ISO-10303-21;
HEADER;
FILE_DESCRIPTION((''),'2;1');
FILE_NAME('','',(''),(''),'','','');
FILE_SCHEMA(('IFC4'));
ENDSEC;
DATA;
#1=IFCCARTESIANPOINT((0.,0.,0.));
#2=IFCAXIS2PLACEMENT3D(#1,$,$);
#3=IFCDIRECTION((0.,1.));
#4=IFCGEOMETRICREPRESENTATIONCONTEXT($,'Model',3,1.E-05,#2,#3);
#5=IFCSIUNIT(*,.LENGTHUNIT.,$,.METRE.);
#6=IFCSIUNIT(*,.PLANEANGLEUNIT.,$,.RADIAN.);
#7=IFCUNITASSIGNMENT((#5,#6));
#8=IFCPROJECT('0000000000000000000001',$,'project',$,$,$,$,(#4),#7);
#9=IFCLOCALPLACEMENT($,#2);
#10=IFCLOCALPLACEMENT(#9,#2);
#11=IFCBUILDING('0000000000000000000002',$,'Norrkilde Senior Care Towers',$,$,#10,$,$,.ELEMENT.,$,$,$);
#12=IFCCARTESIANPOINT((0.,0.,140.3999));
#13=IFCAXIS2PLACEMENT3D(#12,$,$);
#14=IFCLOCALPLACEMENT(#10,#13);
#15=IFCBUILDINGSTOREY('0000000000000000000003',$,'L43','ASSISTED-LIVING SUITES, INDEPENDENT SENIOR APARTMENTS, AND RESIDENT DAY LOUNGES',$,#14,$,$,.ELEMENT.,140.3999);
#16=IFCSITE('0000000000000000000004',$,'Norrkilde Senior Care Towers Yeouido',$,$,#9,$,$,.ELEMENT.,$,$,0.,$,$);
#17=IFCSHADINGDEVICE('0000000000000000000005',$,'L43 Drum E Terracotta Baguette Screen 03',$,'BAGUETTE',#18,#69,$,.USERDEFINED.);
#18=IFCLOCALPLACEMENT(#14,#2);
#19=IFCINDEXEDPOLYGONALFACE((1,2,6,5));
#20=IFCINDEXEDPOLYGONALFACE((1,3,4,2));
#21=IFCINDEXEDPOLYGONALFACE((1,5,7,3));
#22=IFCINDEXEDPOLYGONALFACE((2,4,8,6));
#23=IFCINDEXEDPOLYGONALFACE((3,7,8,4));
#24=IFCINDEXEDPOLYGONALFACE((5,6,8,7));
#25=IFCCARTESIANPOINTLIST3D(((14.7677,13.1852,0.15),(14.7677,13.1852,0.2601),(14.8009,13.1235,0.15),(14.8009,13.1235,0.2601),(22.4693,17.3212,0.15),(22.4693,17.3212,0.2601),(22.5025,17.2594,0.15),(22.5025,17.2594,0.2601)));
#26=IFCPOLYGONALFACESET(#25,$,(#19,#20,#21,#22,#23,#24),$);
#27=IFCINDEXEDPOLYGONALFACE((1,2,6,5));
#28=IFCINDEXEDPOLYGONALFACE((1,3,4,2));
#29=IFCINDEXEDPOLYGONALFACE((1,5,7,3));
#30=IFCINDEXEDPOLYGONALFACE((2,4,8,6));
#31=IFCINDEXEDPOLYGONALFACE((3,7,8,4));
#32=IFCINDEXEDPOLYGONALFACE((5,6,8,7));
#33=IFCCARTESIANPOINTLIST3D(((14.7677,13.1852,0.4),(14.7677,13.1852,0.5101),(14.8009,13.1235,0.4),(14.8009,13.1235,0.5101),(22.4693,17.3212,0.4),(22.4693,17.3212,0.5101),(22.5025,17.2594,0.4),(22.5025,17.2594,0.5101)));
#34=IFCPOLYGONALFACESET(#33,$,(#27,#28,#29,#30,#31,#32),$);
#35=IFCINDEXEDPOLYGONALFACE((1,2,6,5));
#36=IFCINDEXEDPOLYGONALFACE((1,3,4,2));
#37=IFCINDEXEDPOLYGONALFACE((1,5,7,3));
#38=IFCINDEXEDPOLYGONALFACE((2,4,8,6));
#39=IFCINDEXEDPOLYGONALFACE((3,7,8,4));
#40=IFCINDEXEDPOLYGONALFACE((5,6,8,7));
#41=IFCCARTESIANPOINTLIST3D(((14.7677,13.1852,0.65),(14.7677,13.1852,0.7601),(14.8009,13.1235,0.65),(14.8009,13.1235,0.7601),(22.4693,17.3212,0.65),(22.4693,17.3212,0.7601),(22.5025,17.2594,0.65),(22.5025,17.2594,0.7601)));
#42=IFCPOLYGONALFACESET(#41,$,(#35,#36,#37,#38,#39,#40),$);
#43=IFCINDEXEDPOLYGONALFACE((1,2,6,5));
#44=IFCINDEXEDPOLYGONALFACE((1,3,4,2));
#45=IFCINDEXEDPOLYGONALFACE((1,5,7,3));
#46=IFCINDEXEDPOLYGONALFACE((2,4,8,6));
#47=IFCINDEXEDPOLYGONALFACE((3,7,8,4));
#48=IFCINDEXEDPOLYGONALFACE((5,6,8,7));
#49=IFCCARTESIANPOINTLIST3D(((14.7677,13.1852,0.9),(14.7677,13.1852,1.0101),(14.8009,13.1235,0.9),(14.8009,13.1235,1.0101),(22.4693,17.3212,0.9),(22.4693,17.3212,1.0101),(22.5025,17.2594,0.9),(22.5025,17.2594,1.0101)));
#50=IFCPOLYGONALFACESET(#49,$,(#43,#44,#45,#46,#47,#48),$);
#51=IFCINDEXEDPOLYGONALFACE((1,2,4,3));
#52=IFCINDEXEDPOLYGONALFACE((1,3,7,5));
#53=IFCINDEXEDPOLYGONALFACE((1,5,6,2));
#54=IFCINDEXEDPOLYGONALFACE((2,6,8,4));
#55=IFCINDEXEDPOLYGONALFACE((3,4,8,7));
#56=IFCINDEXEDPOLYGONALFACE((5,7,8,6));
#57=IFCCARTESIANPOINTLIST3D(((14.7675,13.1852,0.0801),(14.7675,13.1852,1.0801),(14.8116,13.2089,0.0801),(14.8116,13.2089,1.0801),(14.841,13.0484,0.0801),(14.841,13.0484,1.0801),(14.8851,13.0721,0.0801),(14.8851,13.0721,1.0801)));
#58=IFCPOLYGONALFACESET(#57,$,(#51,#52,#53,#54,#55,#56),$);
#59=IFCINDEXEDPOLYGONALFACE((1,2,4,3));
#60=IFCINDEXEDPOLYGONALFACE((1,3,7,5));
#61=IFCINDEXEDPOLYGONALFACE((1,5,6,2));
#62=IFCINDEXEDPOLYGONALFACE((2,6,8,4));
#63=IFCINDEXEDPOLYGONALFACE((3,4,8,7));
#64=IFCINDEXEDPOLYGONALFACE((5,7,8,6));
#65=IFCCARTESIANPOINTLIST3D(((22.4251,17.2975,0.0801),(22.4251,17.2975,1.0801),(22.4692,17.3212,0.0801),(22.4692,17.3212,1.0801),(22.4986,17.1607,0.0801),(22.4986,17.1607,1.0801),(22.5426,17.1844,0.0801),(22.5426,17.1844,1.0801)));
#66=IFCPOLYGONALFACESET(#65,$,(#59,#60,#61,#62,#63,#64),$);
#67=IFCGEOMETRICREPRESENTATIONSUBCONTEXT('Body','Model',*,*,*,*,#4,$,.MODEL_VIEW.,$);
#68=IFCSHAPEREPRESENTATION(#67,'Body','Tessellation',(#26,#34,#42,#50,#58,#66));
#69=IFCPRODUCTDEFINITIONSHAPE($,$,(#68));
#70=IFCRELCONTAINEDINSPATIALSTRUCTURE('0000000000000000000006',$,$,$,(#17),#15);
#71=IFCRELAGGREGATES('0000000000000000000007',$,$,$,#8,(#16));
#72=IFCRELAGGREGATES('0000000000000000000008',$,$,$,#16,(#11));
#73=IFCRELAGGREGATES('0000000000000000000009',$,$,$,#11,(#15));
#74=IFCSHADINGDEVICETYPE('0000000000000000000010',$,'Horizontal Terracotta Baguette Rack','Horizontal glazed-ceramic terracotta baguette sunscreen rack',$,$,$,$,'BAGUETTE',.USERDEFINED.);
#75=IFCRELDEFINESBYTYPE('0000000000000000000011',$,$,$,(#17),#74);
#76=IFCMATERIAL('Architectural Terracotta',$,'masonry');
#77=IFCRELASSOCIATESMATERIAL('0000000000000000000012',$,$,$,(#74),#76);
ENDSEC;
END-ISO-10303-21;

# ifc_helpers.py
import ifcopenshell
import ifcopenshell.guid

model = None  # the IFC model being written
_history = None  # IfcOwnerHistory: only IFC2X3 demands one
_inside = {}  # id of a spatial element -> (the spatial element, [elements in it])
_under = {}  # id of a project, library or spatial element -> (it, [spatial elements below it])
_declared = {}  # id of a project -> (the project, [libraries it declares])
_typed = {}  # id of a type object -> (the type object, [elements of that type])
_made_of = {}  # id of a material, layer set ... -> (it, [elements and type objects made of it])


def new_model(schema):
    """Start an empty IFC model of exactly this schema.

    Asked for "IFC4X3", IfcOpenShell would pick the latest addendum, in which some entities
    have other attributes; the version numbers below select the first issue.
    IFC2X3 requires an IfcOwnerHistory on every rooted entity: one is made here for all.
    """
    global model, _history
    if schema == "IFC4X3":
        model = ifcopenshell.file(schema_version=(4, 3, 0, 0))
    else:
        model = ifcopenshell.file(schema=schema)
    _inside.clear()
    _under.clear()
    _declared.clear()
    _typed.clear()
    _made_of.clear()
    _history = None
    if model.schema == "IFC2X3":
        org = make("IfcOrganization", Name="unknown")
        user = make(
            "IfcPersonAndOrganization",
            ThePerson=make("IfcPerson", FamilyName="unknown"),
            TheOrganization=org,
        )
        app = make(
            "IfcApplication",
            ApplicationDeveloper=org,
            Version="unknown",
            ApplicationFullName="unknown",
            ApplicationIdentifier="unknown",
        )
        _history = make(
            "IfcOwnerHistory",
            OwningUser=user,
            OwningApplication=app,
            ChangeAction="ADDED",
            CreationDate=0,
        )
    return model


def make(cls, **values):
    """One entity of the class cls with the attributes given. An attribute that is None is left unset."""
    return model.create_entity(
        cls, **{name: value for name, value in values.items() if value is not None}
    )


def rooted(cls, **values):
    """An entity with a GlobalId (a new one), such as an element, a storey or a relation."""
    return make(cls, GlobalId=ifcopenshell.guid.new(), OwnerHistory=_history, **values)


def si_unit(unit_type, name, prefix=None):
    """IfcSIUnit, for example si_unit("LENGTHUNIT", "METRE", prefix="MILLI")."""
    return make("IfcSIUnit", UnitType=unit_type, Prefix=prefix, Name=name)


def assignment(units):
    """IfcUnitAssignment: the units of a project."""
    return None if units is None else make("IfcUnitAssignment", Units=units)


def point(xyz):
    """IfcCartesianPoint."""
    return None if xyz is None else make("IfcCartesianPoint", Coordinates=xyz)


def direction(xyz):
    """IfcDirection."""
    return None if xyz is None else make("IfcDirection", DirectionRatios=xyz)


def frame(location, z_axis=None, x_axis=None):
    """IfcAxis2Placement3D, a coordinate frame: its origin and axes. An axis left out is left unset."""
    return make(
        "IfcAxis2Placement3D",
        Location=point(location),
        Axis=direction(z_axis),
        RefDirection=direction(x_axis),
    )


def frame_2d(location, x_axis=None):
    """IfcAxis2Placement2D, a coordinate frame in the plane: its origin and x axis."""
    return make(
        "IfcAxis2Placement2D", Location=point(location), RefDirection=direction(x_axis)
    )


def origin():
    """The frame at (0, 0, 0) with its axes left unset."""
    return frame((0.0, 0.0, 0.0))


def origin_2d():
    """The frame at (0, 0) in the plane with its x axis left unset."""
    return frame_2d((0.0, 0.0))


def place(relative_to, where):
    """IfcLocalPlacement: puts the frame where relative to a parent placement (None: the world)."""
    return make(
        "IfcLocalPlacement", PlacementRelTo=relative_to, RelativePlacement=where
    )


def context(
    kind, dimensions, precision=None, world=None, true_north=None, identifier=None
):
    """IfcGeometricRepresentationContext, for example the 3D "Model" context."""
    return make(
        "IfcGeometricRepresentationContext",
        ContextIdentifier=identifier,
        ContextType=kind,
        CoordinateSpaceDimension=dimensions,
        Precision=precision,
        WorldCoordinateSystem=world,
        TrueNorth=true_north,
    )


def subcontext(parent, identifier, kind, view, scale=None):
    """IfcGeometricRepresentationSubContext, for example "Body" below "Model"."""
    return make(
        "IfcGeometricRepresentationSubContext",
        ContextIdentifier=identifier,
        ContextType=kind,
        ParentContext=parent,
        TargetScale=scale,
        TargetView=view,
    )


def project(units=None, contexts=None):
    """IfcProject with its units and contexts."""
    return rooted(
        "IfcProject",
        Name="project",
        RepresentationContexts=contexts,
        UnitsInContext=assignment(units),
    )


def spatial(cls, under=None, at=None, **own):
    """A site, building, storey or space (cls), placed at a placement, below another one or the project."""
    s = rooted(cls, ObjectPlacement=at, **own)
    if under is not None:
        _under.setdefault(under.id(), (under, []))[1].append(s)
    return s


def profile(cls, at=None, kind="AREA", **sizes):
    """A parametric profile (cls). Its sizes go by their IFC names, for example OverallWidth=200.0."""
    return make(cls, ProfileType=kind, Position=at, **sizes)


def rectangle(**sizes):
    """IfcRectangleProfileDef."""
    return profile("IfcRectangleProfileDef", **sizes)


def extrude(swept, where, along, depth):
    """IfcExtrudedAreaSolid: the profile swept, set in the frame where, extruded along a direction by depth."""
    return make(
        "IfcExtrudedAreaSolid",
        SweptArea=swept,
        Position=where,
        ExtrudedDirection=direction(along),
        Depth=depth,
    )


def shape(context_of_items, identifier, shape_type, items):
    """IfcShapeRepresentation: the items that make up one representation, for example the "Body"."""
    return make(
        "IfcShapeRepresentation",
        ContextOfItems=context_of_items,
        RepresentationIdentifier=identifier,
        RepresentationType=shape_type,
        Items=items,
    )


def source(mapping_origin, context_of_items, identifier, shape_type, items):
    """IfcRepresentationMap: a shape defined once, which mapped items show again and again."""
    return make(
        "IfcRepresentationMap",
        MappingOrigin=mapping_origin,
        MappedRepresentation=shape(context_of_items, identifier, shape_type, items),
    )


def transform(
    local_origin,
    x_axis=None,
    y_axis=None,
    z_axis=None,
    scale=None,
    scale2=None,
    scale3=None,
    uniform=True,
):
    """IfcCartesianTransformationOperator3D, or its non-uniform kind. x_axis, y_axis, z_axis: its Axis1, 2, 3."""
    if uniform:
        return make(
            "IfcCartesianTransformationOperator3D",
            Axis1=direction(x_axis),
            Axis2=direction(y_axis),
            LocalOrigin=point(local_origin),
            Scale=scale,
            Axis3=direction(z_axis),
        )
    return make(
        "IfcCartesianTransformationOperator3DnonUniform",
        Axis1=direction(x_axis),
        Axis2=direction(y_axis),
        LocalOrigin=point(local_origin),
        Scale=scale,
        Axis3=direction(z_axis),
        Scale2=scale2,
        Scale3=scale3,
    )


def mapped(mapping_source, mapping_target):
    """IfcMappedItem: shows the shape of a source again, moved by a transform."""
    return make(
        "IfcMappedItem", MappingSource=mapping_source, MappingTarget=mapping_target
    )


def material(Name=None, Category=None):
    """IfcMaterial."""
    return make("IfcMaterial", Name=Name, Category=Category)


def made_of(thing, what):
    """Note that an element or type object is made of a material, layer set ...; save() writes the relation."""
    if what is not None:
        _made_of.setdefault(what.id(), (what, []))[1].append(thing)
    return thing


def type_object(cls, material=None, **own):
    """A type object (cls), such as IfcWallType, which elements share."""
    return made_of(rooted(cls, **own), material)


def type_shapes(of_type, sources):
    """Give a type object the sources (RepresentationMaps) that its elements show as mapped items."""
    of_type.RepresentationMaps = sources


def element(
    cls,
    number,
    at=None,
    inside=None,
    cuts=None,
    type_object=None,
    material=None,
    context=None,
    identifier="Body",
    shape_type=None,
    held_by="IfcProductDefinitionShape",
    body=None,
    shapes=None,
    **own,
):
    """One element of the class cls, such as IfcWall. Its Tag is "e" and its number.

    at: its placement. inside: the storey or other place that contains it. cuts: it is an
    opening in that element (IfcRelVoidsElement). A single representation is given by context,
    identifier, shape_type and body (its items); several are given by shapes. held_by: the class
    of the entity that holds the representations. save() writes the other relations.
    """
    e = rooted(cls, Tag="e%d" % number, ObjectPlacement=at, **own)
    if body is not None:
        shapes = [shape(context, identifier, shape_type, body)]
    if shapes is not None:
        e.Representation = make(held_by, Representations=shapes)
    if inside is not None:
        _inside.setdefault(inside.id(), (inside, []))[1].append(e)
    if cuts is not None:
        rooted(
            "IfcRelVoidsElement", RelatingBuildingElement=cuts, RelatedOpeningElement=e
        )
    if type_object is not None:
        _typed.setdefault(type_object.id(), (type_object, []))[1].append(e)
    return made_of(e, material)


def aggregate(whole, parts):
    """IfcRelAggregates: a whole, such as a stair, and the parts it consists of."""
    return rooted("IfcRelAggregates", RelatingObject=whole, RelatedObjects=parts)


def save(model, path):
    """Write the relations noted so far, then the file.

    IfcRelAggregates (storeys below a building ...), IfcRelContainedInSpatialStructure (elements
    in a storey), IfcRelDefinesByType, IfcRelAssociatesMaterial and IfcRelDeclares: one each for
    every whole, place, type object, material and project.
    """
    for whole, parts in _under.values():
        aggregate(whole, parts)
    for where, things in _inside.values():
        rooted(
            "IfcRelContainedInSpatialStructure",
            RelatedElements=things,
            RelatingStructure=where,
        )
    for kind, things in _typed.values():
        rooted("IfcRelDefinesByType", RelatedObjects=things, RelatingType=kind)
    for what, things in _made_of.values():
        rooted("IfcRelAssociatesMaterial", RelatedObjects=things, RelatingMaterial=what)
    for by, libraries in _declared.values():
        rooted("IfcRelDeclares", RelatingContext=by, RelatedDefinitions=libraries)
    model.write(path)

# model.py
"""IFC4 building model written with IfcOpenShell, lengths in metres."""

from ifc_helpers import new_model, si_unit, direction, frame, origin, origin_2d, place, context, subcontext, project, spatial, rectangle, extrude, source, transform, mapped, material, type_object, type_shapes, element, save


model = new_model("IFC4")

# Units and contexts
model_context = context("Model", 3, precision=1e-05, world=origin(), true_north=direction((0.0, 1.0)))
body_context = subcontext(model_context, "Body", "Model", "MODEL_VIEW")
ifc_project = project(units=[si_unit("LENGTHUNIT", "METRE"), si_unit("PLANEANGLEUNIT", "RADIAN")], contexts=[model_context])

# Site, building, storey
site_placement = place(None, origin())
site = spatial("IfcSite", under=ifc_project, at=site_placement, Name="Norrkilde Senior Care Towers Yeouido", CompositionType="ELEMENT", RefElevation=0.0)
building_placement = place(site_placement, origin())
building = spatial("IfcBuilding", under=site, at=building_placement, Name="Norrkilde Senior Care Towers", CompositionType="ELEMENT")
storey_placement = place(building_placement, frame((0.0, 0.0, 140.3999)))
storey = spatial("IfcBuildingStorey", under=building, at=storey_placement, Name="L43", Description="ASSISTED-LIVING SUITES, INDEPENDENT SENIOR APARTMENTS, AND RESIDENT DAY LOUNGES", CompositionType="ELEMENT", Elevation=140.3999)

# Shading device
ifc_material_1 = material(Name="Architectural Terracotta", Category="masonry")
shading_device_type = type_object("IfcShadingDeviceType", Name="Horizontal Terracotta Baguette Rack", Description="Horizontal glazed-ceramic terracotta baguette sunscreen rack", ElementType="BAGUETTE", PredefinedType="USERDEFINED", material=ifc_material_1)
shared_shape_1 = source(origin(), body_context, "Body", "SweptSolid", [
    extrude(rectangle(XDim=0.0701, YDim=0.1101, at=origin_2d()), frame((0.0, 0.0901, 0.125), z_axis=(1.0, 0.0, 0.0), x_axis=(0.0, 1.0, 0.0)), (0.0, 0.0, 1.0), 8.7419),
    extrude(rectangle(XDim=0.0701, YDim=0.1101, at=origin_2d()), frame((0.0, 0.0901, 0.375), z_axis=(1.0, 0.0, 0.0), x_axis=(0.0, 1.0, 0.0)), (0.0, 0.0, 1.0), 8.7419),
    extrude(rectangle(XDim=0.0701, YDim=0.1101, at=origin_2d()), frame((0.0, 0.0901, 0.625), z_axis=(1.0, 0.0, 0.0), x_axis=(0.0, 1.0, 0.0)), (0.0, 0.0, 1.0), 8.7419),
    extrude(rectangle(XDim=0.0701, YDim=0.1101, at=origin_2d()), frame((0.0, 0.0901, 0.875), z_axis=(1.0, 0.0, 0.0), x_axis=(0.0, 1.0, 0.0)), (0.0, 0.0, 1.0), 8.7419),
    extrude(rectangle(XDim=0.05, YDim=0.1553, at=origin_2d()), frame((0.0249, 0.0476, 0.0)), (0.0, 0.0, 1.0), 1.0),
    extrude(rectangle(XDim=0.05, YDim=0.1553, at=origin_2d()), frame((8.7168, 0.0476, 0.0)), (0.0, 0.0, 1.0), 1.0),
])
type_shapes(shading_device_type, [shared_shape_1])
shading_device_placement = place(storey_placement, frame((14.8269, 13.075, 0.0801), z_axis=(0.0, 0.0, 1.0), x_axis=(0.881001, 0.47312, 0.0)))
element("IfcShadingDevice", 1, at=shading_device_placement, inside=storey, type_object=shading_device_type, Name="L43 Drum E Terracotta Baguette Screen 03", ObjectType="BAGUETTE", PredefinedType="USERDEFINED", context=body_context, shape_type="MappedRepresentation", body=[
    mapped(shared_shape_1, transform((0.0, 0.0, 0.0), x_axis=(1.0, 0.0, 0.0), y_axis=(0.0, 1.0, 0.0), z_axis=(0.0, 0.0, 1.0), scale=1.0)),
])

save(model, "model.ifc")
